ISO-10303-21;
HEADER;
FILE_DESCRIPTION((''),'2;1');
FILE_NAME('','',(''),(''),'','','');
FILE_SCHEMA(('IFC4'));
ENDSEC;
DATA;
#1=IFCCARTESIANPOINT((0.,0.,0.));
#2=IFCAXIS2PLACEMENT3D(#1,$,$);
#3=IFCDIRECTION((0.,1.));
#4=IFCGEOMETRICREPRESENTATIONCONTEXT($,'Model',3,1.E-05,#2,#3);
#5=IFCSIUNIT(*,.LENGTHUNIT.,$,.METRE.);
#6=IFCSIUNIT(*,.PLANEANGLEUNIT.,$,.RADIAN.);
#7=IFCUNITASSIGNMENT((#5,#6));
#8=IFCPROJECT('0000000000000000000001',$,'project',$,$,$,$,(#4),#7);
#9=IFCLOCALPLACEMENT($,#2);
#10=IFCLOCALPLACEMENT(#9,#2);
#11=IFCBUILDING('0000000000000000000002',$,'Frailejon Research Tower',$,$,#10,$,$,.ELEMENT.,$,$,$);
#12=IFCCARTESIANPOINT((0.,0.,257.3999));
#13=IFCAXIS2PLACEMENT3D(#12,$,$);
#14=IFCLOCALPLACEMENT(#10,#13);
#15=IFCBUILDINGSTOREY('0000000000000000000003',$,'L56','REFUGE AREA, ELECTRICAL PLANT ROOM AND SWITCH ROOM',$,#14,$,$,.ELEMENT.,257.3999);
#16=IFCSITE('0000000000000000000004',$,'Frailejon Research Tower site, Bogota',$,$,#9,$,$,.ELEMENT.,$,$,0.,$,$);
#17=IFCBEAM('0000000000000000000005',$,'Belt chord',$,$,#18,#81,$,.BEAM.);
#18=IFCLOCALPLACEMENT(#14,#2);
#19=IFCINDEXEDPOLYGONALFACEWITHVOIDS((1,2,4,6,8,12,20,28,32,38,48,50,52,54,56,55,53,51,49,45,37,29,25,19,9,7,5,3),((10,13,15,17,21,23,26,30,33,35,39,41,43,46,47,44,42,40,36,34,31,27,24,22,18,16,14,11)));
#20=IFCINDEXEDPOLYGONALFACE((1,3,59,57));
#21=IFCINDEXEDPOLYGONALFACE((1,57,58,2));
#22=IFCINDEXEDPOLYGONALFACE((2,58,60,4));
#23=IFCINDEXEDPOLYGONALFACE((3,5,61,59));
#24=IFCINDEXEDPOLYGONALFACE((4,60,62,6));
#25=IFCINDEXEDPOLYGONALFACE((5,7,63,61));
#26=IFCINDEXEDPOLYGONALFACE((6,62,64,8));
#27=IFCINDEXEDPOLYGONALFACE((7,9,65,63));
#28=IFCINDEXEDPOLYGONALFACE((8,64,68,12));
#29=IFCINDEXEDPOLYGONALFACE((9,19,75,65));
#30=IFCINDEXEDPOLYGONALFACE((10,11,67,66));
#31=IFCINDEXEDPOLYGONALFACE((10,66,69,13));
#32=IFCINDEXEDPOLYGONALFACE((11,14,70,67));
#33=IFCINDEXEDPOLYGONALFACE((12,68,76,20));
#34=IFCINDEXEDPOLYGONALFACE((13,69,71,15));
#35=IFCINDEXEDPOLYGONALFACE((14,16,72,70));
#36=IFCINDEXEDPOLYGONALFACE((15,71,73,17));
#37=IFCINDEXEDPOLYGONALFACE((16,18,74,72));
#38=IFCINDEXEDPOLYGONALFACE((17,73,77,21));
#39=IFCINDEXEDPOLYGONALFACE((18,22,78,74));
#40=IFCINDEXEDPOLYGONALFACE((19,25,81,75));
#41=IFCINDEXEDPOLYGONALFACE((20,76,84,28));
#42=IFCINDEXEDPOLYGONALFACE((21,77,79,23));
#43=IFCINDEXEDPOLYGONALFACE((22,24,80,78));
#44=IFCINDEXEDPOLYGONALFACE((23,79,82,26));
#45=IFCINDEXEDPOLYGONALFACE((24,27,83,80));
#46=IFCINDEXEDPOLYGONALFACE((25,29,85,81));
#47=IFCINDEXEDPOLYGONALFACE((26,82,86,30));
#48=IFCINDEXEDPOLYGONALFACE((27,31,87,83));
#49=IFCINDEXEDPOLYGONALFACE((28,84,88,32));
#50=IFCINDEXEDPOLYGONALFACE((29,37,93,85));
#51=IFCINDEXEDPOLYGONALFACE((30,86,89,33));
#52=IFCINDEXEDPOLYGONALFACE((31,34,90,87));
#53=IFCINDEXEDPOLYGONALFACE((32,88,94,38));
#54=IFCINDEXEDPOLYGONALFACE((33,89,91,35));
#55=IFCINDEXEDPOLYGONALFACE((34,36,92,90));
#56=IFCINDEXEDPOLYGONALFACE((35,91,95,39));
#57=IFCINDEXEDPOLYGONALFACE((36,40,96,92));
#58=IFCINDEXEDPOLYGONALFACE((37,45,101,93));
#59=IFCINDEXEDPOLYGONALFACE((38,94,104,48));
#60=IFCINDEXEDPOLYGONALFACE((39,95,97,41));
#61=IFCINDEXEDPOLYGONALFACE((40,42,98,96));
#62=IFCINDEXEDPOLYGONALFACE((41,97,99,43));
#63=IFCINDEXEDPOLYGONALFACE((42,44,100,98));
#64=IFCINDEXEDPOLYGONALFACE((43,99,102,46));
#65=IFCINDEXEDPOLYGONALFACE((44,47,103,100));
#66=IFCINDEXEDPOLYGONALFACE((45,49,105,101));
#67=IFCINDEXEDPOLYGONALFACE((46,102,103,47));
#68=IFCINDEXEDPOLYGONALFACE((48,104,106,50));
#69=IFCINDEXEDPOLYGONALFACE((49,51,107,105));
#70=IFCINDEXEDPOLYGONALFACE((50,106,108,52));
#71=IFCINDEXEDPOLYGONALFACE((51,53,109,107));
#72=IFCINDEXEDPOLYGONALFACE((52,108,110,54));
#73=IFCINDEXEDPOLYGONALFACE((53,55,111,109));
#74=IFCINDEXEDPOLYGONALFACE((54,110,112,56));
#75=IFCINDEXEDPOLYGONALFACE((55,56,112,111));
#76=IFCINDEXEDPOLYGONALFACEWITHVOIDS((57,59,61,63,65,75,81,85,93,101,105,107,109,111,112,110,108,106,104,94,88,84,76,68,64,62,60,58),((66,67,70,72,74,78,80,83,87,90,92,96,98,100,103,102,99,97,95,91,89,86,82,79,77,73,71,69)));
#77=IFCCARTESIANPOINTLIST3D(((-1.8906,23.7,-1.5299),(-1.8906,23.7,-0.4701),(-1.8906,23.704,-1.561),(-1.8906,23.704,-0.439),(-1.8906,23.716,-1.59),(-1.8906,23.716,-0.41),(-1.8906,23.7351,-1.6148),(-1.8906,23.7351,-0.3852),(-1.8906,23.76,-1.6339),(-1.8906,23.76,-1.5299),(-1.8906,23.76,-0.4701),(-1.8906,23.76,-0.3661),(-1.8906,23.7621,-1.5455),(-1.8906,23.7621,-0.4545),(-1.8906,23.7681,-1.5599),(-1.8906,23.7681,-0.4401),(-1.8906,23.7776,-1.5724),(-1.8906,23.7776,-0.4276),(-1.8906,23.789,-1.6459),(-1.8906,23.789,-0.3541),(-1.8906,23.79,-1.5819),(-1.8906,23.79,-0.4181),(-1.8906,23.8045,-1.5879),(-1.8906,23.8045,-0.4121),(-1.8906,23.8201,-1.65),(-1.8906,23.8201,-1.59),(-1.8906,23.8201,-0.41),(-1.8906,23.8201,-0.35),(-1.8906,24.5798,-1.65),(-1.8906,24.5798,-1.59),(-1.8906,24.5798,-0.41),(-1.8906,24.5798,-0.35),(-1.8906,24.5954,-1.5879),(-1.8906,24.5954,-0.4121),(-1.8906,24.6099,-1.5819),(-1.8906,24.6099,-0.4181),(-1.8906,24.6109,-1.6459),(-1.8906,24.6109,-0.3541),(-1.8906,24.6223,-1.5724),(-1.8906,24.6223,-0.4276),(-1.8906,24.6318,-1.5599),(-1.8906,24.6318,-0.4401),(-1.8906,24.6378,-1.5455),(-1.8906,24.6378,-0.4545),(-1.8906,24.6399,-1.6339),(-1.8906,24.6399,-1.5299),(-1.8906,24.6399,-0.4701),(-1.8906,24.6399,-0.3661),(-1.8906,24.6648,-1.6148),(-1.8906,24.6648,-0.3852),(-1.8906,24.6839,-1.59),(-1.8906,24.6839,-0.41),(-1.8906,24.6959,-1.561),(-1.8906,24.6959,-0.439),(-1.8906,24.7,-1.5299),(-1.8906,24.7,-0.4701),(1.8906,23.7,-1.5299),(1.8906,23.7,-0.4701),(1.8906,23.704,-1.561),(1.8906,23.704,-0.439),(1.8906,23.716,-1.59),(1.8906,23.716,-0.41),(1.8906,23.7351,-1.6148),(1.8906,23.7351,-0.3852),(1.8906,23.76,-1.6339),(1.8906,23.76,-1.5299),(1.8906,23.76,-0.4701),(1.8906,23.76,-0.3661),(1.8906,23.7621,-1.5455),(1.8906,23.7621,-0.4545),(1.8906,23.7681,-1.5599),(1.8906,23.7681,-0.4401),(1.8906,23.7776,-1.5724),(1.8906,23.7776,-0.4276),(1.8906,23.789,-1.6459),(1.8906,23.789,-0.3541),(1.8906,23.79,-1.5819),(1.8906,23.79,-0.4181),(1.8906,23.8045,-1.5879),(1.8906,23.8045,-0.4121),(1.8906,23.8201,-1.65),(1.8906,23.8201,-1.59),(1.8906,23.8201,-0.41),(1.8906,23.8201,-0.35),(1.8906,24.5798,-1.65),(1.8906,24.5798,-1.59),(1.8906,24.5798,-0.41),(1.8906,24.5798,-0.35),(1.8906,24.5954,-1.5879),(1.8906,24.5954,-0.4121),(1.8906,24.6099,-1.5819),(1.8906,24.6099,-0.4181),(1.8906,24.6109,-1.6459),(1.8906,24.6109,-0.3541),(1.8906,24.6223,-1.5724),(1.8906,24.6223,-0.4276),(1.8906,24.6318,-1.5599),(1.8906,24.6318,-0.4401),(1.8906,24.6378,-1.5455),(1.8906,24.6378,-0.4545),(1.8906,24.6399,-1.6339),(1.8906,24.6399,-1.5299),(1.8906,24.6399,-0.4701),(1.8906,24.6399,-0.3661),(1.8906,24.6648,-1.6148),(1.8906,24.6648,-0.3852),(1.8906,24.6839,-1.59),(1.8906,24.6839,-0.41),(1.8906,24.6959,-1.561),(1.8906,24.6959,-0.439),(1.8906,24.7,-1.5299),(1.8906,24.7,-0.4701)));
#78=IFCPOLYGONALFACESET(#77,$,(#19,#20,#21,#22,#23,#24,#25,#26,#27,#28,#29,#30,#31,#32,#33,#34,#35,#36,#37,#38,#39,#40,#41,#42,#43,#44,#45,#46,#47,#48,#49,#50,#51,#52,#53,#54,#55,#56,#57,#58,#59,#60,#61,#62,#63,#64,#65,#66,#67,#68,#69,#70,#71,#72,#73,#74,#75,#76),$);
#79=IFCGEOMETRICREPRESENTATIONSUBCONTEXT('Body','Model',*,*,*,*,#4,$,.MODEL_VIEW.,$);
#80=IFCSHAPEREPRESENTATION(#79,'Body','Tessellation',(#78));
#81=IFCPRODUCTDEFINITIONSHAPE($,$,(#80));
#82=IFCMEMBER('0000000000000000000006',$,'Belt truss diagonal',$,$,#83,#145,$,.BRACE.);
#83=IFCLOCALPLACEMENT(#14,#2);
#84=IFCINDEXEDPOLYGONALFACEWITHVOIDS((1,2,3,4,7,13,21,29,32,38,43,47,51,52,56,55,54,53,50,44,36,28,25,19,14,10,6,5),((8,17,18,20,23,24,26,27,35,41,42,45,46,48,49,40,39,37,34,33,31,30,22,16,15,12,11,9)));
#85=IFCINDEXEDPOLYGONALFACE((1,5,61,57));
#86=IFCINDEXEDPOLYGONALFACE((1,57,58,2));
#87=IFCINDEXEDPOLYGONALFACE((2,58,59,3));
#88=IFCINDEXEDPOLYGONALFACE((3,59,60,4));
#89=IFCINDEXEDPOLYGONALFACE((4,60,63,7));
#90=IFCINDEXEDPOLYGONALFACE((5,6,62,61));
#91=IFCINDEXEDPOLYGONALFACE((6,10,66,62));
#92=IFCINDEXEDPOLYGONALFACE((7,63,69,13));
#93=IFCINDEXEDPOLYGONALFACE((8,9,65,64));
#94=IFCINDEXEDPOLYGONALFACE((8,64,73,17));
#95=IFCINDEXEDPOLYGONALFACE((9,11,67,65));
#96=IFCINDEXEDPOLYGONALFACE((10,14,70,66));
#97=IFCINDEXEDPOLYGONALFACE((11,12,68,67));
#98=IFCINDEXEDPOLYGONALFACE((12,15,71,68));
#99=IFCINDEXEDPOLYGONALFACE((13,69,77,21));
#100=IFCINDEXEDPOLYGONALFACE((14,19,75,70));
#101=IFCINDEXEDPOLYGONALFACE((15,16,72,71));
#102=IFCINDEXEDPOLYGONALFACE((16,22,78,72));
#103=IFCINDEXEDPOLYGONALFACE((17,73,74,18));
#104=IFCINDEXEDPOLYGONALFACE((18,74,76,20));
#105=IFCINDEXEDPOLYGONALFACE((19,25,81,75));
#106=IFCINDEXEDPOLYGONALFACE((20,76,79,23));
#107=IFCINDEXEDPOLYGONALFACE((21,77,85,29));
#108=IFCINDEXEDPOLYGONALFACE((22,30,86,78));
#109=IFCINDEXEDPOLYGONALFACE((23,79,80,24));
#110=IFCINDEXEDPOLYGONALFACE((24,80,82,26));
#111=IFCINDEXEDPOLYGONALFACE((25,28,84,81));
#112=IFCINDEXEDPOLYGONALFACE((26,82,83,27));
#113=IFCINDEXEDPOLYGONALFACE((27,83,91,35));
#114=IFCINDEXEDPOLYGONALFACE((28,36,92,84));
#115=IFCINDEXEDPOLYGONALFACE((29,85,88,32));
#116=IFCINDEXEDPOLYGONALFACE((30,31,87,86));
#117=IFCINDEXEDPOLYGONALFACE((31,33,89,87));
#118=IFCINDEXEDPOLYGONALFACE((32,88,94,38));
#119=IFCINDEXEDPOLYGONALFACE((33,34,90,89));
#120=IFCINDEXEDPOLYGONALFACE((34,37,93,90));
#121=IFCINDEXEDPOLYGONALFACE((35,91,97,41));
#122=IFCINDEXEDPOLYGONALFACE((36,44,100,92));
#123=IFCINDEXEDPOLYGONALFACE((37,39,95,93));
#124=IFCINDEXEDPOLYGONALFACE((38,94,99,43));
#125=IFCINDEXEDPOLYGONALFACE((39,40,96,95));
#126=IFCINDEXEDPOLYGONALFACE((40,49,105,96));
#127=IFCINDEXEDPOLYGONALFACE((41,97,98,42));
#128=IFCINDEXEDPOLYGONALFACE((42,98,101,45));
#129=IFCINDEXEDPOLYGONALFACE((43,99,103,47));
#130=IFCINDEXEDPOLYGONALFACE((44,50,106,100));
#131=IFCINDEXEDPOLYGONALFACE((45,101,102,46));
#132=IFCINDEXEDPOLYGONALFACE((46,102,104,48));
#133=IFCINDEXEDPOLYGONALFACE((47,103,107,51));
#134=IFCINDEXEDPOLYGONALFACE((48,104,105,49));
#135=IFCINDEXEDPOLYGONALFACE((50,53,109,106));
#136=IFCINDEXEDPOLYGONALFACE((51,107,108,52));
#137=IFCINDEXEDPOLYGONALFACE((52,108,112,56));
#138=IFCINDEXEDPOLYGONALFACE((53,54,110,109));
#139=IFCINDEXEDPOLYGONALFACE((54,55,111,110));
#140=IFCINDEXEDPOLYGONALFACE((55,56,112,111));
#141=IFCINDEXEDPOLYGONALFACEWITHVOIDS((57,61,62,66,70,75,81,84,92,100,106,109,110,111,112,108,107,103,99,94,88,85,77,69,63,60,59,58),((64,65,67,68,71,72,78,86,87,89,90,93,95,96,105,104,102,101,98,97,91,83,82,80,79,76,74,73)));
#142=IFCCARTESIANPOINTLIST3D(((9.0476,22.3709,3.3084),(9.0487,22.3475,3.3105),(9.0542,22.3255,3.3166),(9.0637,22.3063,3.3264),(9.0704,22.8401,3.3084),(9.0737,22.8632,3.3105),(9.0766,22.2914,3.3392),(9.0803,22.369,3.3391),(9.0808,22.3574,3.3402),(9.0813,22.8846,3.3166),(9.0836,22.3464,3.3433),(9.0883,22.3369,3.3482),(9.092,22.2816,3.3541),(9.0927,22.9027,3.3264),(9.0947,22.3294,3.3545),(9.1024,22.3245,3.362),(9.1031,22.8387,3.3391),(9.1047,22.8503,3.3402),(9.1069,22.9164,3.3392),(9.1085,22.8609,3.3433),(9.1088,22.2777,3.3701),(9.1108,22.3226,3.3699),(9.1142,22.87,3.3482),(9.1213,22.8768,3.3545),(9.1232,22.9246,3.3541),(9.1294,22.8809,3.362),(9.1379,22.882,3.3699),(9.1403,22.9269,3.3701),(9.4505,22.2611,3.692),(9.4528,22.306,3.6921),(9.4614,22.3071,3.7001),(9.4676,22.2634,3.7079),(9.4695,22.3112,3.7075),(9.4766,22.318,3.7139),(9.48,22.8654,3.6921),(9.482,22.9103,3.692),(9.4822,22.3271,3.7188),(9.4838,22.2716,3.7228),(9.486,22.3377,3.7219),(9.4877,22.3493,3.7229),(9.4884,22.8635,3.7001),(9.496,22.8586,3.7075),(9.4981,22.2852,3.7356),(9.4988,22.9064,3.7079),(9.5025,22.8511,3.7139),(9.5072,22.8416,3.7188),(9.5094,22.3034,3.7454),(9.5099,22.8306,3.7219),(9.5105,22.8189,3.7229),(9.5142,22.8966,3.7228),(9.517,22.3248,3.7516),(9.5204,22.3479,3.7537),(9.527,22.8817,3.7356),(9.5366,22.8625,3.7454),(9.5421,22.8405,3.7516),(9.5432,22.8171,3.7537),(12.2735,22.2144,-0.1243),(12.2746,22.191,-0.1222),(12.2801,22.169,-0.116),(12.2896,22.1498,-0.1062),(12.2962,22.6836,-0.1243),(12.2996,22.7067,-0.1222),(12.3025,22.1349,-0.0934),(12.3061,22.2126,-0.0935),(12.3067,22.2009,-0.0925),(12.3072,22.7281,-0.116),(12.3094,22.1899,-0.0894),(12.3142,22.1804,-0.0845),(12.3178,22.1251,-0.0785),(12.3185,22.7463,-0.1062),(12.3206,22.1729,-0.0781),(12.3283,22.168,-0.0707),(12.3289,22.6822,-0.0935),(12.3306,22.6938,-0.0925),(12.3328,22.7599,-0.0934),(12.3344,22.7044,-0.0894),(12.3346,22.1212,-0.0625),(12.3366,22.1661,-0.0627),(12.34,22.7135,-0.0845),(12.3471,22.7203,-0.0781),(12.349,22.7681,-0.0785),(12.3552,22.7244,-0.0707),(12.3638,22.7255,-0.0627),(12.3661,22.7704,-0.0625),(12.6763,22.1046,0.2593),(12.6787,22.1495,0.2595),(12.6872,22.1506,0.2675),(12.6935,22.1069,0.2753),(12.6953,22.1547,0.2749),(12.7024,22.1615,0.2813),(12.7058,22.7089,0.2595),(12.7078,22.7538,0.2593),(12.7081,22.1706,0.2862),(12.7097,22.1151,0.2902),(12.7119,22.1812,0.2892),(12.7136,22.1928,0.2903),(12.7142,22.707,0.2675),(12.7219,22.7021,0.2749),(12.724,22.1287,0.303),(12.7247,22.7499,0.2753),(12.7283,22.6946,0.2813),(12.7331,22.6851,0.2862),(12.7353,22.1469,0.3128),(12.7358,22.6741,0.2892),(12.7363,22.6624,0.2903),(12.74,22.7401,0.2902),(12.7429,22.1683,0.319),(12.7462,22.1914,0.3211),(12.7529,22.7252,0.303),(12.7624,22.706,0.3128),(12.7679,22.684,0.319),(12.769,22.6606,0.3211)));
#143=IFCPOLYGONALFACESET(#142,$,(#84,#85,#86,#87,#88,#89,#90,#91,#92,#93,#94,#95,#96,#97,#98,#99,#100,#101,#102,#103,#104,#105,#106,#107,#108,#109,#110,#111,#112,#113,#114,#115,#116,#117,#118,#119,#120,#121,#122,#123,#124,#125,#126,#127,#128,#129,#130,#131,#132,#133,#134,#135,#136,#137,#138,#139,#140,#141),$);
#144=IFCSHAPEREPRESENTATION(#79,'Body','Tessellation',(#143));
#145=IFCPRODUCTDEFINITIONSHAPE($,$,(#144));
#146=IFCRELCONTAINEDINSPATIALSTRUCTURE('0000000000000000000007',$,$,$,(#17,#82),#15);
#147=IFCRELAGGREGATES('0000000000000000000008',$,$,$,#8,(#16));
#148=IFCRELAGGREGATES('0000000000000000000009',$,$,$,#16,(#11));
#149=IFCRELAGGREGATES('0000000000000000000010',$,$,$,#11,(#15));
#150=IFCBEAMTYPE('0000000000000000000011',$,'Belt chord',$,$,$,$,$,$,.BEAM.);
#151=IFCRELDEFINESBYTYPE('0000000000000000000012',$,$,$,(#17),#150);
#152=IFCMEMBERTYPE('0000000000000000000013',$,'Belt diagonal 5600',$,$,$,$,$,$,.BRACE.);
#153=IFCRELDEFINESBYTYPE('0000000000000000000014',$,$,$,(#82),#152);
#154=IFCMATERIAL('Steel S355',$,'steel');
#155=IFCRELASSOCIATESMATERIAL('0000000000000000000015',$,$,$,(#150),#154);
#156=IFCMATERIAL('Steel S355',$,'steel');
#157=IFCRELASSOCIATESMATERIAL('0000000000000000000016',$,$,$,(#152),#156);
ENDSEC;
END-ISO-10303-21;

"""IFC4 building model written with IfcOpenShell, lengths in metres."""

from ifc_helpers import new_model, si_unit, direction, frame, origin, origin_2d, place, context, subcontext, project, spatial, hollow_rectangle, extrude, material, material_profile, profile_set, type_object, element, save


model = new_model("IFC4")

# Units and contexts
model_context = context("Model", 3, precision=1e-05, world=origin(), true_north=direction((0.0, 1.0)))
body_context = subcontext(model_context, "Body", "Model", "MODEL_VIEW")
ifc_project = project(units=[si_unit("LENGTHUNIT", "METRE"), si_unit("PLANEANGLEUNIT", "RADIAN")], contexts=[model_context])

# Site, building, storey
site_placement = place(None, origin())
site = spatial("IfcSite", under=ifc_project, at=site_placement, Name="Frailejon Research Tower site, Bogota", CompositionType="ELEMENT", RefElevation=0.0)
building_placement = place(site_placement, origin())
building = spatial("IfcBuilding", under=site, at=building_placement, Name="Frailejon Research Tower", CompositionType="ELEMENT")
storey_placement = place(building_placement, frame((0.0, 0.0, 257.3999)))
storey = spatial("IfcBuildingStorey", under=building, at=storey_placement, Name="L56", Description="REFUGE AREA, ELECTRICAL PLANT ROOM AND SWITCH ROOM", CompositionType="ELEMENT", Elevation=257.3999)

# Beam
ifc_material_1 = material(Name="Steel S355", Category="steel")
ifc_material_profile_1 = material_profile(ifc_material_1, hollow_rectangle(XDim=1.0, YDim=1.3, WallThickness=0.0601, InnerFilletRadius=0.0601, OuterFilletRadius=0.1201, at=origin_2d()), Name="Belt chord")
ifc_profile_set_1 = profile_set([ifc_material_profile_1], Name="Steel S355")
beam_type_1 = type_object("IfcBeamType", Name="Belt chord", PredefinedType="BEAM", material=ifc_profile_set_1)
for number, where, z_axis, x_axis, name in (
    (1, (1.8906, 24.2, -1.0), (-1.0, 0.0, 0.0), (0.0, -1.0, 0.0), "Belt chord"),
):
    element("IfcBeam", number, at=place(storey_placement, frame(where, z_axis=z_axis, x_axis=x_axis)), inside=storey, type_object=beam_type_1, Name=name, PredefinedType="BEAM", context=body_context, shape_type="SweptSolid", body=[
        extrude(hollow_rectangle(XDim=1.0, YDim=1.3, WallThickness=0.0601, InnerFilletRadius=0.0601, OuterFilletRadius=0.1201, at=origin_2d()), origin(), (0.0, 0.0, 1.0), 3.7812),
    ])

# Member
ifc_material_2 = material(Name="Steel S355", Category="steel")
ifc_material_profile_2 = material_profile(ifc_material_2, hollow_rectangle(XDim=0.6499, YDim=0.6499, WallThickness=0.0449, InnerFilletRadius=0.0449, OuterFilletRadius=0.0901, at=origin_2d()), Name="Belt diagonal 5600")
ifc_profile_set_2 = profile_set([ifc_material_profile_2], Name="Steel S355")
member_type = type_object("IfcMemberType", Name="Belt diagonal 5600", PredefinedType="BRACE", material=ifc_profile_set_2)
member_1_placement = place(storey_placement, frame((12.5212, 22.4375, 0.0984), z_axis=(-0.684439, 0.033204, 0.728314), x_axis=(-0.048456, -0.998825, 0.0)))
element("IfcMember", 2, at=member_1_placement, inside=storey, type_object=member_type, Name="Belt truss diagonal", PredefinedType="BRACE", context=body_context, shape_type="SweptSolid", body=[
    extrude(hollow_rectangle(XDim=0.6499, YDim=0.6499, WallThickness=0.0449, InnerFilletRadius=0.0449, OuterFilletRadius=0.0901, at=origin_2d()), origin(), (0.0, 0.0, 1.0), 4.7131),
])

save(model, "model.ifc")
